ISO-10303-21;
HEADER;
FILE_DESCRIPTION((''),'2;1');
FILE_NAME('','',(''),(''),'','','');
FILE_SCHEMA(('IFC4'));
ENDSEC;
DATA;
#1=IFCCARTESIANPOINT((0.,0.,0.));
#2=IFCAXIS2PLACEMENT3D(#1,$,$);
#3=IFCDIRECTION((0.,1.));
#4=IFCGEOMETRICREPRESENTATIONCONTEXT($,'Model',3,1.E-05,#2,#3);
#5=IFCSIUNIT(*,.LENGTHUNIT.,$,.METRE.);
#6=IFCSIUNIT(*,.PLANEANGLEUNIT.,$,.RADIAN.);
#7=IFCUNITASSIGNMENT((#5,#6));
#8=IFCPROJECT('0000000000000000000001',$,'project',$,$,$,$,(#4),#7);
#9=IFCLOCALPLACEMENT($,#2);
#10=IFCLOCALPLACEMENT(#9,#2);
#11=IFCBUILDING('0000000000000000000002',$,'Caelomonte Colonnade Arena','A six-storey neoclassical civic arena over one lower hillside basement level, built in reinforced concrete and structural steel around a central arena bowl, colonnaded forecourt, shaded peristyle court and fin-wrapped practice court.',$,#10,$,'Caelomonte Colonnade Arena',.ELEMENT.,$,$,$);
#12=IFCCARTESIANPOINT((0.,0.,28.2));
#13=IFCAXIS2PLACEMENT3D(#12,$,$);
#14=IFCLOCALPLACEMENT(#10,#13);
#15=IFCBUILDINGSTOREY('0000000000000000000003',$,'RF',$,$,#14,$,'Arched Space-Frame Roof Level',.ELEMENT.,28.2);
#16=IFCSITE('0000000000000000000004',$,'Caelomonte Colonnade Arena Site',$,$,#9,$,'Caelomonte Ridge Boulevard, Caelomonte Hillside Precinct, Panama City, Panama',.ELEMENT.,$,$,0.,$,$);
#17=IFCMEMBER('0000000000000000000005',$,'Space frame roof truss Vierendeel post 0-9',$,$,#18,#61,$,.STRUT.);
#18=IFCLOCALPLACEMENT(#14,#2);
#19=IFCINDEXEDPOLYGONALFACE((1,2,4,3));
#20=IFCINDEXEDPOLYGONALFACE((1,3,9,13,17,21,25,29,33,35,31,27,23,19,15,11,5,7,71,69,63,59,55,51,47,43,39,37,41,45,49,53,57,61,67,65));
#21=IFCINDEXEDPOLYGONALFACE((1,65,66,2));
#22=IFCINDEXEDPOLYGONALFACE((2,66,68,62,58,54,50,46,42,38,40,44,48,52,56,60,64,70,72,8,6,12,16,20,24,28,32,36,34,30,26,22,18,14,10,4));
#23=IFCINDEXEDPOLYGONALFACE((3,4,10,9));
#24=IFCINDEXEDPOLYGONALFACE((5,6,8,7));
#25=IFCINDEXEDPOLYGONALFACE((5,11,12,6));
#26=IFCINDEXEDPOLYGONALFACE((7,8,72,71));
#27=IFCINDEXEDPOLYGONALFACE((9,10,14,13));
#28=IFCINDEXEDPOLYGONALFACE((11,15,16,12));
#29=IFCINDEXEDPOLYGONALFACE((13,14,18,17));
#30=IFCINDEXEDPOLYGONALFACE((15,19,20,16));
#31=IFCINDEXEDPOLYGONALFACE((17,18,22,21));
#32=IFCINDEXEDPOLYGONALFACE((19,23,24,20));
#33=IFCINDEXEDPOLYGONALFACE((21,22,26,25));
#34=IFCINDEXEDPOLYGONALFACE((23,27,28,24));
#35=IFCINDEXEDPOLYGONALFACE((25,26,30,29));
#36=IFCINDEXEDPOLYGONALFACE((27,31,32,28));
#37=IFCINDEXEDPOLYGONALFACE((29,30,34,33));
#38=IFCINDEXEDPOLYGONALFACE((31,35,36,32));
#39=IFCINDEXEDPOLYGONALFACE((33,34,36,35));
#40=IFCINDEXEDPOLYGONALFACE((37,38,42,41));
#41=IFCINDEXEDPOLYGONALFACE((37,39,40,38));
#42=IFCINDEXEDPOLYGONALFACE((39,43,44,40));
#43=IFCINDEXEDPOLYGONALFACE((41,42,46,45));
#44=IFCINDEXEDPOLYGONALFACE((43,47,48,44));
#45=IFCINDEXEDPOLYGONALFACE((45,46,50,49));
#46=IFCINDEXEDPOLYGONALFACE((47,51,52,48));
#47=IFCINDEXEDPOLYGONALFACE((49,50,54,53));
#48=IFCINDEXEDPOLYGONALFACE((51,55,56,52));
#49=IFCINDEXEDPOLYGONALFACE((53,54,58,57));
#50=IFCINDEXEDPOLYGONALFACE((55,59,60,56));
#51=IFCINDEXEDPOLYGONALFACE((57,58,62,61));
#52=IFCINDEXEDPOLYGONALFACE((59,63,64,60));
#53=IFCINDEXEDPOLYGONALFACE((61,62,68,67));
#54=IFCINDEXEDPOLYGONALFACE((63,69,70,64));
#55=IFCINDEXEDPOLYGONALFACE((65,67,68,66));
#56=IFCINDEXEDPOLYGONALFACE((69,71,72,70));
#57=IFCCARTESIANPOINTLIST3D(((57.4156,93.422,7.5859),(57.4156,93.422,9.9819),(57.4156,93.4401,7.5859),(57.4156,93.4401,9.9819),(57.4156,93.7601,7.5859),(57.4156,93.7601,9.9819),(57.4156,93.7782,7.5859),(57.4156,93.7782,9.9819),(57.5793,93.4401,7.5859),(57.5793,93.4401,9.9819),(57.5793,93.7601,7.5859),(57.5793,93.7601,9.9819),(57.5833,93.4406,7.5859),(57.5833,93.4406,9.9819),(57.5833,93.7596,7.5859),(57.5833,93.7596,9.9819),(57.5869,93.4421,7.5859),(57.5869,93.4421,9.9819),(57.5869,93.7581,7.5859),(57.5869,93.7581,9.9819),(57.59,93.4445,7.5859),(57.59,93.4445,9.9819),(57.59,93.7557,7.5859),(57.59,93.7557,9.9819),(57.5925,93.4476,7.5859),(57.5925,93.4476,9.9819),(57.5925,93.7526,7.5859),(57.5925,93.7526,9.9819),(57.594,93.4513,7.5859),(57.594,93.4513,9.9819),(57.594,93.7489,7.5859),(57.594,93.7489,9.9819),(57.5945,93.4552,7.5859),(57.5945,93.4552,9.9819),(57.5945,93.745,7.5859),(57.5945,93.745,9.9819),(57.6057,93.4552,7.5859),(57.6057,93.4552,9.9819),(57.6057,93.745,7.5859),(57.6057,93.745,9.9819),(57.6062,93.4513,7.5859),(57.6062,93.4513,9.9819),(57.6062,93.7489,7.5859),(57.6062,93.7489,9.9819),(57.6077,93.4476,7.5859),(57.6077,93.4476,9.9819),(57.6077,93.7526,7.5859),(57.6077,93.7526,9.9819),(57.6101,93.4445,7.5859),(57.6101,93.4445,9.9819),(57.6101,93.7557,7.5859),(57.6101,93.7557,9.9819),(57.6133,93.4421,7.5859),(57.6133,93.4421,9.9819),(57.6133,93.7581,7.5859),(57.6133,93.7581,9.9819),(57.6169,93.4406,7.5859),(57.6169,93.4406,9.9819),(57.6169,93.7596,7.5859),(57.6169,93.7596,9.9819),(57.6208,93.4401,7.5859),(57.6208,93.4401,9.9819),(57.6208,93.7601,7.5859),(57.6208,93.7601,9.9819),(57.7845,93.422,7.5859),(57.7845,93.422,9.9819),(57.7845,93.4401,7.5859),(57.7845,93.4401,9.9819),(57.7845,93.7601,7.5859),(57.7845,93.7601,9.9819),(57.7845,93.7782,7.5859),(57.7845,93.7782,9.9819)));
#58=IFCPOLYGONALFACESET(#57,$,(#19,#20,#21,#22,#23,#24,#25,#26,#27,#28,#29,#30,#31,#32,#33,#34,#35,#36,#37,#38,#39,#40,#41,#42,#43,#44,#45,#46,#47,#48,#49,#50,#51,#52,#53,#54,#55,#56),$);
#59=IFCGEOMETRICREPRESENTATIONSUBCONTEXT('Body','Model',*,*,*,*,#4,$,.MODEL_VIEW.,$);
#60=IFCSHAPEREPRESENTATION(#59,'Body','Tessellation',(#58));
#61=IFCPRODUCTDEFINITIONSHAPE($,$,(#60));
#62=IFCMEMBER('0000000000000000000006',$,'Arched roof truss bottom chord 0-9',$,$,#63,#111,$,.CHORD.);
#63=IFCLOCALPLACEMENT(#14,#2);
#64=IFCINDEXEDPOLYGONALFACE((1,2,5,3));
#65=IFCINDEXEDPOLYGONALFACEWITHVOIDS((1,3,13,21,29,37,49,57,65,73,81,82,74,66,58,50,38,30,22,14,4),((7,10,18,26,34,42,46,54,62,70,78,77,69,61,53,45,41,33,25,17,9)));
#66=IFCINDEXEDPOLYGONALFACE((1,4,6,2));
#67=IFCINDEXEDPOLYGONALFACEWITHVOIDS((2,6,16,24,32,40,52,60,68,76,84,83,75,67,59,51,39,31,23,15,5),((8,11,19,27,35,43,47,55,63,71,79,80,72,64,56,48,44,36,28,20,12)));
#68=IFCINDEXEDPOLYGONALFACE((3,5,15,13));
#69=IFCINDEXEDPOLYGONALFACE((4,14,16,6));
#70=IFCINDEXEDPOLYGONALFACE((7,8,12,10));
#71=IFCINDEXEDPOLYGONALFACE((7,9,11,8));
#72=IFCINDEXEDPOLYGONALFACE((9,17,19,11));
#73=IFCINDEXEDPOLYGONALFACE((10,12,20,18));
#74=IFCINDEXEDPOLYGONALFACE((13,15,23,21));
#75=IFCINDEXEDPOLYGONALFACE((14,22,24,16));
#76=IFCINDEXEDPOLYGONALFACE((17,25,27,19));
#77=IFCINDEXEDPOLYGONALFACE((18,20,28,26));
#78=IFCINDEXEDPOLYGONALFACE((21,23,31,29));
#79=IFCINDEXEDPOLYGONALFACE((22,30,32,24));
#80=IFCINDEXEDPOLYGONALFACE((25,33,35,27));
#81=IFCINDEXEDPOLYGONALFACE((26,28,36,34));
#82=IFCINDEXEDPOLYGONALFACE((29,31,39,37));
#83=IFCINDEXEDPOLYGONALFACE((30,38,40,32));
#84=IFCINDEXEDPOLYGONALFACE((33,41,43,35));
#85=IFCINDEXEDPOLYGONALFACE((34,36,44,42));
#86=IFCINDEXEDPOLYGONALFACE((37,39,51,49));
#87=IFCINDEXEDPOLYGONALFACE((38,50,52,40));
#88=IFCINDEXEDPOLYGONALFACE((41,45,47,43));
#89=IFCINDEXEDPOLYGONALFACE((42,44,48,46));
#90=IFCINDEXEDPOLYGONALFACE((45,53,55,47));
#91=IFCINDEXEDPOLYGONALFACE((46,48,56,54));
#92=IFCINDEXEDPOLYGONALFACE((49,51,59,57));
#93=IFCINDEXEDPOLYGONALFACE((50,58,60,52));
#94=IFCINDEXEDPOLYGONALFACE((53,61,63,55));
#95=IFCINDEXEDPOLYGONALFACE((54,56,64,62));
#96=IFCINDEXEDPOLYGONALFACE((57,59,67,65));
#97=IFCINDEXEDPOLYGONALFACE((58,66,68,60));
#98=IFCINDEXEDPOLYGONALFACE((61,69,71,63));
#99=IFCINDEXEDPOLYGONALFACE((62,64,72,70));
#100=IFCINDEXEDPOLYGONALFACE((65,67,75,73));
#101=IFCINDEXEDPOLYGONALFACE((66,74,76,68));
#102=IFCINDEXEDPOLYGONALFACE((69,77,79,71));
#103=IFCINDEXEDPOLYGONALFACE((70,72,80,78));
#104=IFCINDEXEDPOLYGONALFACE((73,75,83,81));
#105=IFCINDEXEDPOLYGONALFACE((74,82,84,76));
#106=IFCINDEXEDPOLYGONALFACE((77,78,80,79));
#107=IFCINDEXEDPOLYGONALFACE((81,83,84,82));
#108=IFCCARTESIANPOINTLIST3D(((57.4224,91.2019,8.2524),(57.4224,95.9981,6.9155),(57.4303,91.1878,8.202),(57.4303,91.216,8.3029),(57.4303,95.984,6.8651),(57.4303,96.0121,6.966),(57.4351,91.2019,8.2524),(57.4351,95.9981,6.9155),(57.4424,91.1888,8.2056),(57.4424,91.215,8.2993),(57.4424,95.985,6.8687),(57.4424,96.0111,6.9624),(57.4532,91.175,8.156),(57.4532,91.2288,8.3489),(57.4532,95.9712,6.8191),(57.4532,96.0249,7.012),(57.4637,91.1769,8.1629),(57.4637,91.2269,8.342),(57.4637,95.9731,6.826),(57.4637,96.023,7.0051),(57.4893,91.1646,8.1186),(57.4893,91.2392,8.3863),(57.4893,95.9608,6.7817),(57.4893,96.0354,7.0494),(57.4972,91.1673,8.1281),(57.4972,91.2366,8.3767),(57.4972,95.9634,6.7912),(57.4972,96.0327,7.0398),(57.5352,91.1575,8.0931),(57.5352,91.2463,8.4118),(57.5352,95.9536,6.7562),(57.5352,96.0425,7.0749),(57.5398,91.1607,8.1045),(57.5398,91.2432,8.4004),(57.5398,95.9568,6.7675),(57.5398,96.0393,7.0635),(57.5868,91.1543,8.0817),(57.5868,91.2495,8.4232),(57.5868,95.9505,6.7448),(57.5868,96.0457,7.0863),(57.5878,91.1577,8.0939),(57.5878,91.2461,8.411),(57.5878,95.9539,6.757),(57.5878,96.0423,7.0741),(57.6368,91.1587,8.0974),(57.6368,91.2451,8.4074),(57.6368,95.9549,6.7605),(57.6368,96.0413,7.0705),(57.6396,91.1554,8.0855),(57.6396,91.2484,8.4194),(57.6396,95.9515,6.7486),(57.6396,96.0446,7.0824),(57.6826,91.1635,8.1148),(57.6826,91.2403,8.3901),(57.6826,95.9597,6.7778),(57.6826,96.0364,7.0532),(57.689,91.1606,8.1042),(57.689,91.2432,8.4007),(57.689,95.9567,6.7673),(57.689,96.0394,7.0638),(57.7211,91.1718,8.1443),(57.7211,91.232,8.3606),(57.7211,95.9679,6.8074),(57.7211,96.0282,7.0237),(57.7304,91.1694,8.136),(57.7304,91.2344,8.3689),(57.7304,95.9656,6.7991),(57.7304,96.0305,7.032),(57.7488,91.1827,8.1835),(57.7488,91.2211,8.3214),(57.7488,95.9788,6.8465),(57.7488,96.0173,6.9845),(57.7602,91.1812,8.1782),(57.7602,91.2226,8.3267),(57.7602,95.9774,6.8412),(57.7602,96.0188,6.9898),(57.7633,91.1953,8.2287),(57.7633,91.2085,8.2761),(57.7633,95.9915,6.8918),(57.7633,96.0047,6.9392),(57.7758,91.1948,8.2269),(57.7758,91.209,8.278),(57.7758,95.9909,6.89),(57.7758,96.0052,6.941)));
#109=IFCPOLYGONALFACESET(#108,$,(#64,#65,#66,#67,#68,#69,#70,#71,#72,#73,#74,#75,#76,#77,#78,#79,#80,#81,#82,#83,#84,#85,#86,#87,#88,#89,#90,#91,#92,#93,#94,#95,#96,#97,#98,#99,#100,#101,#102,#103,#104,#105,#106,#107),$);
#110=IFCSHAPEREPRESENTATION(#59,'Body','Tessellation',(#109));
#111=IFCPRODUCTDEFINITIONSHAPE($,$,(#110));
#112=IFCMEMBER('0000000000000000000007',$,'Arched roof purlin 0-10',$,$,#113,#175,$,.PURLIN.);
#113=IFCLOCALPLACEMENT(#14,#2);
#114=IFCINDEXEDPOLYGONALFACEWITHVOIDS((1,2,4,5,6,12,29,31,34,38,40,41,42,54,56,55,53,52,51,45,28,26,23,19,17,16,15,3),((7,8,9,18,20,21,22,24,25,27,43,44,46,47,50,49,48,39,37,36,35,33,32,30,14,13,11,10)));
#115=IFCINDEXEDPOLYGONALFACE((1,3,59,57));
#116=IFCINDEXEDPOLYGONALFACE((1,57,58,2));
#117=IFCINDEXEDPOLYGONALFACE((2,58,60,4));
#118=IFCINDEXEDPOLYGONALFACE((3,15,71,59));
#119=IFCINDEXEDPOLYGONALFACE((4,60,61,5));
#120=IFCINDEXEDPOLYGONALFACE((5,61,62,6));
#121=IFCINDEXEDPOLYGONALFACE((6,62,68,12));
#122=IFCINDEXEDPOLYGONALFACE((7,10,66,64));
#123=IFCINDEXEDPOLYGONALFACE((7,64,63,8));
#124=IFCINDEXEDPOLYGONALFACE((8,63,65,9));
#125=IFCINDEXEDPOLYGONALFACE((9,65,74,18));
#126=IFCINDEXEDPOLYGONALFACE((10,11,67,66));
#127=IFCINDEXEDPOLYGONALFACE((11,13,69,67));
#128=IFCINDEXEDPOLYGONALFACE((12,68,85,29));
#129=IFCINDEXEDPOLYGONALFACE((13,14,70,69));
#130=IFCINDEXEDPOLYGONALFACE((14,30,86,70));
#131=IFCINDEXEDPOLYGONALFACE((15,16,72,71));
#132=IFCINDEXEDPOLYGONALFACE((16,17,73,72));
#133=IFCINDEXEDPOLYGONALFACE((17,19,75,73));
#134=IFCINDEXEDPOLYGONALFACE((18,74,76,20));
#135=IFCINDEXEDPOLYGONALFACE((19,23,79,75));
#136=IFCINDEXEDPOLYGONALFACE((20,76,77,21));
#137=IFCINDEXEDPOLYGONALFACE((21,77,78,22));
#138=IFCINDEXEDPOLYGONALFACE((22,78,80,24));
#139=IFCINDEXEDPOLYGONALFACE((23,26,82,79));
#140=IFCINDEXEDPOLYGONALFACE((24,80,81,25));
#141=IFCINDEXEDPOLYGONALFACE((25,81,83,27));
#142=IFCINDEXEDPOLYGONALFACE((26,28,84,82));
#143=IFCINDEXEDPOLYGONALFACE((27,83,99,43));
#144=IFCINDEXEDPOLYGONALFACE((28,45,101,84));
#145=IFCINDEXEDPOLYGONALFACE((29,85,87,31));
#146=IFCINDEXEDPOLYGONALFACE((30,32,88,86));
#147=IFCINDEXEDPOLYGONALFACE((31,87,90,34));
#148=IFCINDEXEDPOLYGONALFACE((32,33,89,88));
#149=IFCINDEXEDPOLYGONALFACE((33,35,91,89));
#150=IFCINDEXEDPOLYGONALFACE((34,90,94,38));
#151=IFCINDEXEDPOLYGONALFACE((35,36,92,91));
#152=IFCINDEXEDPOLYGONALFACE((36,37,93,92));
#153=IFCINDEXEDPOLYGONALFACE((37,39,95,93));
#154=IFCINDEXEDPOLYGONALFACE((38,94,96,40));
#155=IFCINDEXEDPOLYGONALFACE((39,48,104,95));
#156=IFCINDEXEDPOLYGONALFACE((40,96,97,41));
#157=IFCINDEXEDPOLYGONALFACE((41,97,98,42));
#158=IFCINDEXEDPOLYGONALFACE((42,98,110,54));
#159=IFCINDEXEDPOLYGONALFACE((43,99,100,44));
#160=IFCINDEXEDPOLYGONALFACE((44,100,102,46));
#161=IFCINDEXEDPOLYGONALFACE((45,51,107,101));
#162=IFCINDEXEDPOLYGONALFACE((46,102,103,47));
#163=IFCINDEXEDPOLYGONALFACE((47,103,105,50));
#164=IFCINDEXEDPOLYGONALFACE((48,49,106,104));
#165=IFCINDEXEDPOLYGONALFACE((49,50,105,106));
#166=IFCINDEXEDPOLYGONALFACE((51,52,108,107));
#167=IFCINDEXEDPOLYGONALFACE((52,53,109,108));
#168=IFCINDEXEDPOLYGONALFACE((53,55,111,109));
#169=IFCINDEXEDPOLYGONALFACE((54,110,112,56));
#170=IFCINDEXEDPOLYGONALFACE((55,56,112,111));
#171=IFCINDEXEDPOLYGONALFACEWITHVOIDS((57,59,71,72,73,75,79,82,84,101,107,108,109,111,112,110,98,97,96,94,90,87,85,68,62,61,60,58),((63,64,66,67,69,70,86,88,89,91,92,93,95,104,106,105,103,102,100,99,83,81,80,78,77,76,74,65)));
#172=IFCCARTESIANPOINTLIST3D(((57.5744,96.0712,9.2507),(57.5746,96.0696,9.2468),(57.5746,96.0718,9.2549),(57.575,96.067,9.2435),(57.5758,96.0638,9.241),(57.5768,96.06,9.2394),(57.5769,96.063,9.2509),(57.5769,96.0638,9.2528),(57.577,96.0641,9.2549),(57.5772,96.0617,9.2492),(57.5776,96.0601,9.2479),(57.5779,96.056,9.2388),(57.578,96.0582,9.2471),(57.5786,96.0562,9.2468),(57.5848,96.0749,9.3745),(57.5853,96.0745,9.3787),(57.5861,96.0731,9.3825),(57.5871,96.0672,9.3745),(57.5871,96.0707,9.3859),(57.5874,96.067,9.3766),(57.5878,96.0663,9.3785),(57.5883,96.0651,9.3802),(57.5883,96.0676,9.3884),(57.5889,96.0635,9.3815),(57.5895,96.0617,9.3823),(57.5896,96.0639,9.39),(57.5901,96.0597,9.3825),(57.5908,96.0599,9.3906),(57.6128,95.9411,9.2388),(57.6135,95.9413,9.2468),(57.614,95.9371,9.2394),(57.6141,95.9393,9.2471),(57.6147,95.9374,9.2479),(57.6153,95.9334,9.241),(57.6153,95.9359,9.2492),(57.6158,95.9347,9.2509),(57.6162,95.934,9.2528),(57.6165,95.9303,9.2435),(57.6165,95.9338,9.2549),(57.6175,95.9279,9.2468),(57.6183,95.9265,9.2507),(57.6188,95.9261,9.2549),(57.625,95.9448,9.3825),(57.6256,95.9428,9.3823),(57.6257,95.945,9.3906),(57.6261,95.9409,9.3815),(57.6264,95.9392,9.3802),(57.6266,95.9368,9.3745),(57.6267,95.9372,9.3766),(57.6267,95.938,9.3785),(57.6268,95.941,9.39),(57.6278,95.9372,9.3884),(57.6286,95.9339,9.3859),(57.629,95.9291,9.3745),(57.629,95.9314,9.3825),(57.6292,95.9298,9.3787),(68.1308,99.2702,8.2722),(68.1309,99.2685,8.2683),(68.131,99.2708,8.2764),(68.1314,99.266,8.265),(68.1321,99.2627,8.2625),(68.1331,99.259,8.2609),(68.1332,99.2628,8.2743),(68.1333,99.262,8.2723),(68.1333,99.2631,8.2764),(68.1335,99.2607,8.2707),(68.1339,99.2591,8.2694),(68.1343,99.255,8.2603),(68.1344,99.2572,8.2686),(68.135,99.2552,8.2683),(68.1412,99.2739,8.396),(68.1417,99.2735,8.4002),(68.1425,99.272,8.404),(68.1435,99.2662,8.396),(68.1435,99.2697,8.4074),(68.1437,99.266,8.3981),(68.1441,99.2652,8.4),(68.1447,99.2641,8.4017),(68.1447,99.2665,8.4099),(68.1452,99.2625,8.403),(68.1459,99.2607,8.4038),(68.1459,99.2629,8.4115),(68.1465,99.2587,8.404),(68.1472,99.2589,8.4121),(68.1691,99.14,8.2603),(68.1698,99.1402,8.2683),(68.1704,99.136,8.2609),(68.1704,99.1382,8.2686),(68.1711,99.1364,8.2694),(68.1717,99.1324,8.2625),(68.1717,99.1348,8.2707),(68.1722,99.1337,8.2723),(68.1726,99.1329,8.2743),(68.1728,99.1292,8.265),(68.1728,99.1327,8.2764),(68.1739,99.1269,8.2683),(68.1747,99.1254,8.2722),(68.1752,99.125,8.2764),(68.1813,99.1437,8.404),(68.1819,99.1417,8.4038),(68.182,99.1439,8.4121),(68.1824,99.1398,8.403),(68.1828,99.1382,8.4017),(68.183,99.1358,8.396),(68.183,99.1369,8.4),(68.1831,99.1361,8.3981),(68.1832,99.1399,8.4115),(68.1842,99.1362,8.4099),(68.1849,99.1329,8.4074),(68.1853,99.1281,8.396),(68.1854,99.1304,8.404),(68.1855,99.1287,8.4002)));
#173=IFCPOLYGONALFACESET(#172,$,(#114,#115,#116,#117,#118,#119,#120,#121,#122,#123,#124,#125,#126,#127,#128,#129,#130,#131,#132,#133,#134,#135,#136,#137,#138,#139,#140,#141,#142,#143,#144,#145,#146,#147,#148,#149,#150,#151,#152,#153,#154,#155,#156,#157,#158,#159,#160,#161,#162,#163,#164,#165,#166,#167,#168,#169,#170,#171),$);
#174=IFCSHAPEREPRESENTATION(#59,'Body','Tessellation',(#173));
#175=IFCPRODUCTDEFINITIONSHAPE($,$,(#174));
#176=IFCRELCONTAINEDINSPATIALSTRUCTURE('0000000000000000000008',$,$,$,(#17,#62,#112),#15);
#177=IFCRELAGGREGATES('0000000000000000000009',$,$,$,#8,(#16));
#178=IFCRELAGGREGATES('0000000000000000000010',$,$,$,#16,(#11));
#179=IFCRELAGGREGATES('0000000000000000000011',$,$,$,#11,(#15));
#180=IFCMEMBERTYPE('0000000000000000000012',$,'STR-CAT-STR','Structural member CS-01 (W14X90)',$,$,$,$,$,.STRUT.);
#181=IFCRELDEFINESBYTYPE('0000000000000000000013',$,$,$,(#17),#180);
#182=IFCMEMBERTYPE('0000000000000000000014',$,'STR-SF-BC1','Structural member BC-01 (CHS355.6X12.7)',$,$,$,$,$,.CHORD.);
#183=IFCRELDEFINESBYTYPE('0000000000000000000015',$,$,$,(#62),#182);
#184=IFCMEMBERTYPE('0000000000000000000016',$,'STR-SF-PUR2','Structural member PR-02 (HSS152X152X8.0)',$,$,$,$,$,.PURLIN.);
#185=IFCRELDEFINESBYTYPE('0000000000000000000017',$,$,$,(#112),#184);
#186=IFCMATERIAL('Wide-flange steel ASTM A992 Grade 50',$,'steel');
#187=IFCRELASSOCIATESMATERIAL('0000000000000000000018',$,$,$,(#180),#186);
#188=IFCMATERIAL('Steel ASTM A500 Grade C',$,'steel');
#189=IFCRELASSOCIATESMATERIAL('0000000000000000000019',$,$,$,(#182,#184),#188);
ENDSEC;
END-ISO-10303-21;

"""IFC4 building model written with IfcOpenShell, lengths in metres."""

from ifc_helpers import new_model, si_unit, direction, frame, origin, origin_2d, place, context, subcontext, project, spatial, hollow_rectangle, hollow_circle, i_section, extrude, material, material_profile, profile_set, type_object, element, save


model = new_model("IFC4")

# Units and contexts
model_context = context("Model", 3, precision=1e-05, world=origin(), true_north=direction((0.0, 1.0)))
body_context = subcontext(model_context, "Body", "Model", "MODEL_VIEW")
ifc_project = project(units=[si_unit("LENGTHUNIT", "METRE"), si_unit("PLANEANGLEUNIT", "RADIAN")], contexts=[model_context])

# Site, building, storey
site_placement = place(None, origin())
site = spatial("IfcSite", under=ifc_project, at=site_placement, Name="Caelomonte Colonnade Arena Site", LongName="Caelomonte Ridge Boulevard, Caelomonte Hillside Precinct, Panama City, Panama", CompositionType="ELEMENT", RefElevation=0.0)
building_placement = place(site_placement, origin())
building = spatial("IfcBuilding", under=site, at=building_placement, Name="Caelomonte Colonnade Arena", Description="A six-storey neoclassical civic arena over one lower hillside basement level, built in reinforced concrete and structural steel around a central arena bowl, colonnaded forecourt, shaded peristyle court and fin-wrapped practice court.", LongName="Caelomonte Colonnade Arena", CompositionType="ELEMENT")
storey_placement = place(building_placement, frame((0.0, 0.0, 28.2)))
storey = spatial("IfcBuildingStorey", under=building, at=storey_placement, Name="RF", LongName="Arched Space-Frame Roof Level", CompositionType="ELEMENT", Elevation=28.2)

# Members
ifc_material_1 = material(Name="Wide-flange steel ASTM A992 Grade 50", Category="steel")
ifc_material_profile_1 = material_profile(ifc_material_1, i_section(OverallWidth=0.3689, OverallDepth=0.3562, WebThickness=0.0112, FlangeThickness=0.0181, FilletRadius=0.0151, at=origin_2d()), Name="W14X90")
ifc_profile_set_1 = profile_set([ifc_material_profile_1], Name="Wide-flange steel ASTM A992 Grade 50")
member_type_1 = type_object("IfcMemberType", Name="STR-CAT-STR", Description="Structural member CS-01 (W14X90)", PredefinedType="STRUT", material=ifc_profile_set_1)
member_1_placement = place(storey_placement, frame((57.6001, 93.6001, 7.5859), z_axis=(0.0, 0.0, 1.0), x_axis=(1.0, 0.0, 0.0)))
element("IfcMember", 1, at=member_1_placement, inside=storey, type_object=member_type_1, Name="Space frame roof truss Vierendeel post 0-9", PredefinedType="STRUT", context=body_context, shape_type="SweptSolid", body=[
    extrude(i_section(OverallWidth=0.3689, OverallDepth=0.3562, WebThickness=0.0112, FlangeThickness=0.0181, FilletRadius=0.0151, at=origin_2d()), origin(), (0.0, 0.0, 1.0), 2.396),
])
ifc_material_2 = material(Name="Steel ASTM A500 Grade C", Category="steel")
ifc_material_profile_2 = material_profile(ifc_material_2, hollow_circle(Radius=0.1777, WallThickness=0.0127, at=origin_2d()), Name="CHS355.6X12.7")
ifc_profile_set_2 = profile_set([ifc_material_profile_2], Name="Steel ASTM A500 Grade C")
member_type_2 = type_object("IfcMemberType", Name="STR-SF-BC1", Description="Structural member BC-01 (CHS355.6X12.7)", PredefinedType="CHORD", material=ifc_profile_set_2)
member_2_placement = place(storey_placement, frame((57.6001, 91.2019, 8.2524), z_axis=(0.0, 0.963277, -0.268511), x_axis=(-1.0, 0.0, 0.0)))
element("IfcMember", 2, at=member_2_placement, inside=storey, type_object=member_type_2, Name="Arched roof truss bottom chord 0-9", PredefinedType="CHORD", context=body_context, shape_type="SweptSolid", body=[
    extrude(hollow_circle(Radius=0.1777, WallThickness=0.0127, at=origin_2d()), origin(), (0.0, 0.0, 1.0), 4.979),
])
ifc_material_profile_3 = material_profile(ifc_material_2, hollow_rectangle(XDim=0.1523, YDim=0.1523, WallThickness=0.0081, InnerFilletRadius=0.0081, OuterFilletRadius=0.0161, at=origin_2d()), Name="HSS152X152X8.0")
ifc_profile_set_3 = profile_set([ifc_material_profile_3], Name="Steel ASTM A500 Grade C")
member_type_3 = type_object("IfcMemberType", Name="STR-SF-PUR2", Description="Structural member PR-02 (HSS152X152X8.0)", PredefinedType="PURLIN", material=ifc_profile_set_3)
member_3_placement = place(storey_placement, frame((57.6018, 96.0005, 9.3147), z_axis=(0.953279, 0.288878, -0.088363), x_axis=(-0.290013, 0.957023, 0.0)))
element("IfcMember", 3, at=member_3_placement, inside=storey, type_object=member_type_3, Name="Arched roof purlin 0-10", PredefinedType="PURLIN", context=body_context, shape_type="SweptSolid", body=[
    extrude(hollow_rectangle(XDim=0.1523, YDim=0.1523, WallThickness=0.0081, InnerFilletRadius=0.0081, OuterFilletRadius=0.0161, at=origin_2d()), origin(), (0.0, 0.0, 1.0), 11.0737),
])

save(model, "model.ifc")
